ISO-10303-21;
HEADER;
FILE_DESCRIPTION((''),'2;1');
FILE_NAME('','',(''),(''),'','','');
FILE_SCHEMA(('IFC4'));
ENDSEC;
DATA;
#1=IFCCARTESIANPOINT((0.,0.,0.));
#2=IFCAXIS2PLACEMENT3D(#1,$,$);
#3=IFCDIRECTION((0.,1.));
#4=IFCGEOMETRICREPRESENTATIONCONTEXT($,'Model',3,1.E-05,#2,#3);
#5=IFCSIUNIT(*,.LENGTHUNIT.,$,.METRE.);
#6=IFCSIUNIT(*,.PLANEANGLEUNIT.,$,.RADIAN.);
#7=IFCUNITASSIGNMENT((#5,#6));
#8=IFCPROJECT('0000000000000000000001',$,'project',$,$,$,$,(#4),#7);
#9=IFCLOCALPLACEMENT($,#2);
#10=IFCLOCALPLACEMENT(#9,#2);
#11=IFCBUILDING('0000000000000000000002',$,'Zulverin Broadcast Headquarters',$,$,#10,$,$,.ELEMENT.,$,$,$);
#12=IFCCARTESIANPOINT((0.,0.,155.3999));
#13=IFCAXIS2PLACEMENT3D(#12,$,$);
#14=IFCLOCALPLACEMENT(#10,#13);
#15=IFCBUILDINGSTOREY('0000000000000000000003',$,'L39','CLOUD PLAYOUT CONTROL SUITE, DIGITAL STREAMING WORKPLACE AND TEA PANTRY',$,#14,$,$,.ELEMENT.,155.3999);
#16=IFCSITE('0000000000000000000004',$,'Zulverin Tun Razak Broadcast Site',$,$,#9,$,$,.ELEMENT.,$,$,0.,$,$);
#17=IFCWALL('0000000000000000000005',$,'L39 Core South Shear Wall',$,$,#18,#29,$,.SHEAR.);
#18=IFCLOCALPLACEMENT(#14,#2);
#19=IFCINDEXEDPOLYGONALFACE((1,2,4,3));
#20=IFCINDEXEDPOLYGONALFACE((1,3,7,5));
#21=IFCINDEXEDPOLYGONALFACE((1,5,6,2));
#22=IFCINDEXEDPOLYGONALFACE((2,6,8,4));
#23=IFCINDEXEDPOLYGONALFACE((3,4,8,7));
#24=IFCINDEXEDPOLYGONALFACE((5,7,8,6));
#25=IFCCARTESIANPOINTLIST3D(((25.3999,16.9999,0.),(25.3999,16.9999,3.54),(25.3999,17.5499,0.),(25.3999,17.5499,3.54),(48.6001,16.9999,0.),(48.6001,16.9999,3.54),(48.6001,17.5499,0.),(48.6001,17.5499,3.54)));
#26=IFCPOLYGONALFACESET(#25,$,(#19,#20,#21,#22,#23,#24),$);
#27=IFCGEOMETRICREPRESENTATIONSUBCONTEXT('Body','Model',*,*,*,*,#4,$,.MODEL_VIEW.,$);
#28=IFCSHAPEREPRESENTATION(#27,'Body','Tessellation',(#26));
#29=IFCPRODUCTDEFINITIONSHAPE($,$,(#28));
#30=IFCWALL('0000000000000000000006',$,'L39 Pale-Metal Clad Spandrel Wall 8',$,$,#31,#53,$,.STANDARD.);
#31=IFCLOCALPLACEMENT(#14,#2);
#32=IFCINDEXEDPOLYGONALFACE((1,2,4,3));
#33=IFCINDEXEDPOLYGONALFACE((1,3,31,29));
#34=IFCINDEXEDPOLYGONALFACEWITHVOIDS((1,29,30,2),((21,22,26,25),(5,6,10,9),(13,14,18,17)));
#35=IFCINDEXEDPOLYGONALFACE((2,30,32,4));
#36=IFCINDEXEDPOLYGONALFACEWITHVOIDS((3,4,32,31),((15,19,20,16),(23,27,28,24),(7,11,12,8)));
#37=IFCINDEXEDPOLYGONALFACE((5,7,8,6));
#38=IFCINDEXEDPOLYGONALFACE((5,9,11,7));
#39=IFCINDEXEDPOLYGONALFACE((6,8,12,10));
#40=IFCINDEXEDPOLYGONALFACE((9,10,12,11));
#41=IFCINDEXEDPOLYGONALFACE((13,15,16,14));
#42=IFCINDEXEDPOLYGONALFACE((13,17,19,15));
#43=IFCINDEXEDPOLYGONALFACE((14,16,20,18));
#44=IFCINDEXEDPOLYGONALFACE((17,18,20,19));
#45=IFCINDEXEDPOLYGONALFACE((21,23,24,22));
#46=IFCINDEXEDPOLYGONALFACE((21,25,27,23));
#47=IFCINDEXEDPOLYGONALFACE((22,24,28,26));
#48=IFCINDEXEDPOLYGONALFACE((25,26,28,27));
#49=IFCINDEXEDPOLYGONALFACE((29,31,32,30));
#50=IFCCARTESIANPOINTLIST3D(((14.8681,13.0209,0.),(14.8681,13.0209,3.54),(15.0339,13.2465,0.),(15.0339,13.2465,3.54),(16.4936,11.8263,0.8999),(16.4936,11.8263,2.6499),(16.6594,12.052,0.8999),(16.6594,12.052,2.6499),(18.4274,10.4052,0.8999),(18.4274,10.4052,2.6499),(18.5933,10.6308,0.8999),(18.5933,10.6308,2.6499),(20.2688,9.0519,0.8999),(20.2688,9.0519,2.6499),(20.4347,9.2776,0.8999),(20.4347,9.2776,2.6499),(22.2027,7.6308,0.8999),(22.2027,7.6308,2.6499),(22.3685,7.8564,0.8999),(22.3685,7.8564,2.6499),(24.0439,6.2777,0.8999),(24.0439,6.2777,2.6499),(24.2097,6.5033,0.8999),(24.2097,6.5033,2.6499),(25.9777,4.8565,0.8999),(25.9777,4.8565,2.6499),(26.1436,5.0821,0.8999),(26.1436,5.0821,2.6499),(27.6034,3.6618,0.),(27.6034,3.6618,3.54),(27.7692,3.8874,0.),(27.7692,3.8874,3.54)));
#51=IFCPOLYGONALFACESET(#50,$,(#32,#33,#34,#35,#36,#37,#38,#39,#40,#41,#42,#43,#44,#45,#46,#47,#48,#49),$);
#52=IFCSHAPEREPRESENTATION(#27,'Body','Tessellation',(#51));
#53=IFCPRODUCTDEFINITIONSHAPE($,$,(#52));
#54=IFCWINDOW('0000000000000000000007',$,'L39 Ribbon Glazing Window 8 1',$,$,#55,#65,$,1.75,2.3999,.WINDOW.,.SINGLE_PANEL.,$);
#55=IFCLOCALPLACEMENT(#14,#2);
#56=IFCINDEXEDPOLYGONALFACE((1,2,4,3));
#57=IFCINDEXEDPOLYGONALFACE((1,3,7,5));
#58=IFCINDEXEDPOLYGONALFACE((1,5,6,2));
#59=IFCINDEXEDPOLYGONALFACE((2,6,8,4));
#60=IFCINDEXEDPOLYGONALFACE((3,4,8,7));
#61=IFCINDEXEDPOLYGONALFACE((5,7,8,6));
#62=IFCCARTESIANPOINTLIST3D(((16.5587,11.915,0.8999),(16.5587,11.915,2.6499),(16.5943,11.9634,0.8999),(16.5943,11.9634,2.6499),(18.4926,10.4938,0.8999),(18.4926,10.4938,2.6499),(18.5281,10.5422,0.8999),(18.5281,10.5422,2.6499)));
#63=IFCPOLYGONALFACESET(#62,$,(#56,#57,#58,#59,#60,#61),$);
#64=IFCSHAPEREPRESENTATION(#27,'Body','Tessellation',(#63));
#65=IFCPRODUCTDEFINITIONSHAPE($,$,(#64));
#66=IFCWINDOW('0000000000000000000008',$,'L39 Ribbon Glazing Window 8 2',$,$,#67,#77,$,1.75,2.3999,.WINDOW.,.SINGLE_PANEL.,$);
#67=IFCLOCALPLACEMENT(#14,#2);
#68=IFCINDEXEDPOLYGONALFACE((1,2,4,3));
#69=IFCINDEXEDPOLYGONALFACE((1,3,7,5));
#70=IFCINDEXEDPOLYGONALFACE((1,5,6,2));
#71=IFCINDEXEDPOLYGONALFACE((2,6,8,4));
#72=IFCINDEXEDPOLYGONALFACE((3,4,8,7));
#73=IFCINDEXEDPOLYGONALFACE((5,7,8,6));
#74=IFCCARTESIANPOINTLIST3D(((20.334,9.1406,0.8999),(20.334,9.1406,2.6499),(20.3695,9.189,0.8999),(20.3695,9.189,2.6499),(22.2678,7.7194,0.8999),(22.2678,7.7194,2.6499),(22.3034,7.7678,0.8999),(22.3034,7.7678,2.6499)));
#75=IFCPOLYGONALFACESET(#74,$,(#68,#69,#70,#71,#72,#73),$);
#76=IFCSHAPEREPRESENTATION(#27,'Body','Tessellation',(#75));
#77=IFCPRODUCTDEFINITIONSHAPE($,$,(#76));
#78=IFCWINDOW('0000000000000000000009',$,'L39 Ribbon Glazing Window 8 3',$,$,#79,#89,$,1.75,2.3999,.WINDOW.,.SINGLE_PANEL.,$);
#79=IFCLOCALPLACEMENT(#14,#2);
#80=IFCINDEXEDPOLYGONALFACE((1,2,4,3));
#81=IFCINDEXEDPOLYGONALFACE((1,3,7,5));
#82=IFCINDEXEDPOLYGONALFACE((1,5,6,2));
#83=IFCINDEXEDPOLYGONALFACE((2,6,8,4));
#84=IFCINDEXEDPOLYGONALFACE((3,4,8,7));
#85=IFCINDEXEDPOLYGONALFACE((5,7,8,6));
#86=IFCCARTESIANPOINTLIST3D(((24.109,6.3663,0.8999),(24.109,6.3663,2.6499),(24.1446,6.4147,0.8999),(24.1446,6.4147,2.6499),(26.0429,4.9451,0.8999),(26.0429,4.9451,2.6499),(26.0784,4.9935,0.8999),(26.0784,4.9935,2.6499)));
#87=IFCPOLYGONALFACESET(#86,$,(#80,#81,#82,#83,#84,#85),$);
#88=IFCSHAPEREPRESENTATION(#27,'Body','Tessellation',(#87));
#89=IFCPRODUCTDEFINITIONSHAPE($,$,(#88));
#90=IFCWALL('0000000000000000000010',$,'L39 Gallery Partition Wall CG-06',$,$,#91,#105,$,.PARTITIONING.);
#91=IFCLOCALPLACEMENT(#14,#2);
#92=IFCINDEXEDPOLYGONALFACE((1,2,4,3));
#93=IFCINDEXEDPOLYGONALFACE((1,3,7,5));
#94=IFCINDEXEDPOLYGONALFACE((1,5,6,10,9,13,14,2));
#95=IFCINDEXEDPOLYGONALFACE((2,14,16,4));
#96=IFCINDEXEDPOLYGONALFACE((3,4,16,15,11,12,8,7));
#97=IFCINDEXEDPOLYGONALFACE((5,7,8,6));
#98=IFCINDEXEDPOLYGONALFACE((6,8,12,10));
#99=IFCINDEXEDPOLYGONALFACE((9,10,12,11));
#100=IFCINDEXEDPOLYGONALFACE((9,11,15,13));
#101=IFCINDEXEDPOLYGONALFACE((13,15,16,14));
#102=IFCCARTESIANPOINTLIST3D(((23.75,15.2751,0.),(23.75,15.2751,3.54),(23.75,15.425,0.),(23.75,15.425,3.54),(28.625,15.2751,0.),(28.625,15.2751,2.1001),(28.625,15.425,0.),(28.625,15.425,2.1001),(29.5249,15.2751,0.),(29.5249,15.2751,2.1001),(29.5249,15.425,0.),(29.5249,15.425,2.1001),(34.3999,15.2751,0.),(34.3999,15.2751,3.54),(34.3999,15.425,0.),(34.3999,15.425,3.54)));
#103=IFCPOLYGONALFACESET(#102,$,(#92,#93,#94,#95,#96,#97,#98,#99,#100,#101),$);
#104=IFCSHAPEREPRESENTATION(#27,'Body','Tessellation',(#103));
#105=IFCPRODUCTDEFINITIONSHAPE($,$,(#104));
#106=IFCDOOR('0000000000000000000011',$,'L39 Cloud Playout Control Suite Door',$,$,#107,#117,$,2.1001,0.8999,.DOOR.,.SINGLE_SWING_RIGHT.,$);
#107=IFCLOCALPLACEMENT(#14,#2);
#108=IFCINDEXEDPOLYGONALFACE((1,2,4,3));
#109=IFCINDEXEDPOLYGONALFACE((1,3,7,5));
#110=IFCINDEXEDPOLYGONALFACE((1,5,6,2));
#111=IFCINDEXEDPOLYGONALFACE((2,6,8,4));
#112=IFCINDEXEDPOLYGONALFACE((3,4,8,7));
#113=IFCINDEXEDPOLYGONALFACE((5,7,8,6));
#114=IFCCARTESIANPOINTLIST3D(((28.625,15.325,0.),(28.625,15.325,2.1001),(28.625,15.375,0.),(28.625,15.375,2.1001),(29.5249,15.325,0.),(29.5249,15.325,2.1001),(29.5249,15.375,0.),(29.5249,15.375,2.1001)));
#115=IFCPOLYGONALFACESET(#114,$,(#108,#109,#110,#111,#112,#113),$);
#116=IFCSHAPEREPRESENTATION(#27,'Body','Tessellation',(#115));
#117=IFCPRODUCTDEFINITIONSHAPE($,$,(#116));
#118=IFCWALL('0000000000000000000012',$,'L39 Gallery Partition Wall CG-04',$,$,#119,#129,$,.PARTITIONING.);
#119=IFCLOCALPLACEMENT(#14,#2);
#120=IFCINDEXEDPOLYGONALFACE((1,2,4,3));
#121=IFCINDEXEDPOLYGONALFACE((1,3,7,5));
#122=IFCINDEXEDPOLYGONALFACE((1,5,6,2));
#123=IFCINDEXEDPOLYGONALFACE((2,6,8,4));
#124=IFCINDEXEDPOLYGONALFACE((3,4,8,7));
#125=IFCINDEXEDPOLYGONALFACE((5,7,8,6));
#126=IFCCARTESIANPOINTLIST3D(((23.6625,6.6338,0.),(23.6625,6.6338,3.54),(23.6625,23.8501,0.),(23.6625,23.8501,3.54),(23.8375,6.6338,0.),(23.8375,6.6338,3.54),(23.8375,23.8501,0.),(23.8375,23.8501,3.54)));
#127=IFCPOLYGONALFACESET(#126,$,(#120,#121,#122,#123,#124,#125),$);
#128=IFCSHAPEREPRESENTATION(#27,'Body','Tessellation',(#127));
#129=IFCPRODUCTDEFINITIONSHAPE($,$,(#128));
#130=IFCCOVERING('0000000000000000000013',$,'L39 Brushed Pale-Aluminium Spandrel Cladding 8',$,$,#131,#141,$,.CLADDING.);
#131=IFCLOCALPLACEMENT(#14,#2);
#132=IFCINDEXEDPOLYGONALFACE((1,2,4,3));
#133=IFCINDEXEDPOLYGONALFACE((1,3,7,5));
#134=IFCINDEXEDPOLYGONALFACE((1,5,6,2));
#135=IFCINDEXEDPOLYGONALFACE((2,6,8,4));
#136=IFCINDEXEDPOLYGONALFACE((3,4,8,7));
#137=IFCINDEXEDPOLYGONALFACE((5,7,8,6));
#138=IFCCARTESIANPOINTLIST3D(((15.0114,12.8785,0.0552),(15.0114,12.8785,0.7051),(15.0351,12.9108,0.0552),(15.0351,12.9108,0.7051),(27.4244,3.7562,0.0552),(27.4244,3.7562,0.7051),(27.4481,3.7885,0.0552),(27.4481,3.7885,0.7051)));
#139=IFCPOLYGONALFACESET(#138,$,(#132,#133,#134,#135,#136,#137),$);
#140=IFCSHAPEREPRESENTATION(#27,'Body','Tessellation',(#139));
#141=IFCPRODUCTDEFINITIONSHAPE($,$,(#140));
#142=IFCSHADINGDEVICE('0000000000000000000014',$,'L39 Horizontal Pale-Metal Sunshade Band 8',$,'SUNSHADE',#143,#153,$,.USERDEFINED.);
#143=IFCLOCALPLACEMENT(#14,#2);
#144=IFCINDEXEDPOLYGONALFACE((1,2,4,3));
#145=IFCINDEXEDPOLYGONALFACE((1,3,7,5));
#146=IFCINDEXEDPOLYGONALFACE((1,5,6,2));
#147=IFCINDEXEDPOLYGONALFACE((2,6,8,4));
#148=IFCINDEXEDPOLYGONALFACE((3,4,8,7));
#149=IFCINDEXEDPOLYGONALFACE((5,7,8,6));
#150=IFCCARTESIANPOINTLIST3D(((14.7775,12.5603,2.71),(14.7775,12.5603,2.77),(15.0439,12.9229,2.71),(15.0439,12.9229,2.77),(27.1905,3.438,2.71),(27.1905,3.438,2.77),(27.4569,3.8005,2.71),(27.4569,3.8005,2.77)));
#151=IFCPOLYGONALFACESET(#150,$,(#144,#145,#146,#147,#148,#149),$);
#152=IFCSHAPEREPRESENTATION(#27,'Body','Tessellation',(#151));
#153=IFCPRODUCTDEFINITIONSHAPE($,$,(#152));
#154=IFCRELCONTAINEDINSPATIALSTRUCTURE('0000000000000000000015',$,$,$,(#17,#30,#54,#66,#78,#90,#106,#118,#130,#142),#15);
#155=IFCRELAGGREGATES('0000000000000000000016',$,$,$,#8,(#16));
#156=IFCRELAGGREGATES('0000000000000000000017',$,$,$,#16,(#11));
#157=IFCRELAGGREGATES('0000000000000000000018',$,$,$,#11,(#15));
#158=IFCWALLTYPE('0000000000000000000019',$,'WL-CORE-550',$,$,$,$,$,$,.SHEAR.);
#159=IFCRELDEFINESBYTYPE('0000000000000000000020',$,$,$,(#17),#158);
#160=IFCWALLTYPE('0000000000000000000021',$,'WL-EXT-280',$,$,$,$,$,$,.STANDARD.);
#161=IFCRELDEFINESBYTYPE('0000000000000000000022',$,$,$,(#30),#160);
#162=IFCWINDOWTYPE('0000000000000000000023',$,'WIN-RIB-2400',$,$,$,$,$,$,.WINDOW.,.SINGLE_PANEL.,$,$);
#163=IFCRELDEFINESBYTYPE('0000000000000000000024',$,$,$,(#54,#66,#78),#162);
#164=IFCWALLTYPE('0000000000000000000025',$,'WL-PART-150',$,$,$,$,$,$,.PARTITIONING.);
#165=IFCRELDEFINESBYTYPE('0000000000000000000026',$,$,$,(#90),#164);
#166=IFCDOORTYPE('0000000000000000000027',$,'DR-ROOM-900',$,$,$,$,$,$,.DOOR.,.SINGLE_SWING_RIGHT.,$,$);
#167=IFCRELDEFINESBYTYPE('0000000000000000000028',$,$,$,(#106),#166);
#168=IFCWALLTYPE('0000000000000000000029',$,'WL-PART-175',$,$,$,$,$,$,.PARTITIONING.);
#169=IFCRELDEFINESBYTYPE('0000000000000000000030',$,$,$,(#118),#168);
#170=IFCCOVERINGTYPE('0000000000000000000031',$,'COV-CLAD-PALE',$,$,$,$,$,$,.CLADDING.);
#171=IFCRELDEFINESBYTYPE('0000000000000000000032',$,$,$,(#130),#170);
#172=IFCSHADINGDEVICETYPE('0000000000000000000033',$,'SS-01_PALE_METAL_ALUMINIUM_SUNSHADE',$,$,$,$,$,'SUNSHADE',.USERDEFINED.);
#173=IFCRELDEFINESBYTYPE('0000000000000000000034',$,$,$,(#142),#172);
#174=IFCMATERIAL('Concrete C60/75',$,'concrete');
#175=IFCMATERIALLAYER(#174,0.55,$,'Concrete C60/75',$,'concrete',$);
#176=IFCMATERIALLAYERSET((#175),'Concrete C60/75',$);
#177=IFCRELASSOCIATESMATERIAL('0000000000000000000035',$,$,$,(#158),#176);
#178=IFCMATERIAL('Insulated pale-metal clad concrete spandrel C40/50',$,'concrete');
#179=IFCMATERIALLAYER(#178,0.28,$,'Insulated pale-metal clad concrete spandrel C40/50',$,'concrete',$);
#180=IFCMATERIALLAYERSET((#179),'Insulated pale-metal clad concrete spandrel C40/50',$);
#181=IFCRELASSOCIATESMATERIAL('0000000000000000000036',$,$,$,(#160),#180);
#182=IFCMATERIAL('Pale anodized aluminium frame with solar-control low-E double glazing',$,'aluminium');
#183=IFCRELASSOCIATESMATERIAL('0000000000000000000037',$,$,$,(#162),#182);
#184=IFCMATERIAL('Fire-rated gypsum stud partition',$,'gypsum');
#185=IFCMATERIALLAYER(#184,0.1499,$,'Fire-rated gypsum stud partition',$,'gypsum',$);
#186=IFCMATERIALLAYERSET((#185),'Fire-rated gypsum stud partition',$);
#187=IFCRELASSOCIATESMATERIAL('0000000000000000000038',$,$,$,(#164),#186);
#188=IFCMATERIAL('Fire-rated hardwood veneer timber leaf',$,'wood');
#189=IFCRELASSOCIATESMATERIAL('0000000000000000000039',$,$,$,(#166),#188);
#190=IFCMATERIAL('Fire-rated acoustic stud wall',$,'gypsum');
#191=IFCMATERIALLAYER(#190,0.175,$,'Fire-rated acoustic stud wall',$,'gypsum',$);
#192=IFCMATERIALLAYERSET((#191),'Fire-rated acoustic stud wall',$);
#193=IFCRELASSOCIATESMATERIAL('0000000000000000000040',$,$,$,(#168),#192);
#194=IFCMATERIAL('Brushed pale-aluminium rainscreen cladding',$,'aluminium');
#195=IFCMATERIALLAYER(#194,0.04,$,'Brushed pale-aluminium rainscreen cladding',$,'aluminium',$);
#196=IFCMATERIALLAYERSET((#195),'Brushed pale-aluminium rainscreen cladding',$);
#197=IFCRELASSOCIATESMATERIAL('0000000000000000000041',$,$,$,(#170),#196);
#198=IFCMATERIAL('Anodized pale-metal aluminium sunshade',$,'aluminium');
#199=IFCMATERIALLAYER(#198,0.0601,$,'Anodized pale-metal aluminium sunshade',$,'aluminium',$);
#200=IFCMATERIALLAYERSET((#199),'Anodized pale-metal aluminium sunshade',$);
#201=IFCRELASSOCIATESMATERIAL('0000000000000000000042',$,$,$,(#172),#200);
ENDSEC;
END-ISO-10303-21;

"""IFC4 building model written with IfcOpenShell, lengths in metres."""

from ifc_helpers import new_model, si_unit, direction, frame, frame_2d, origin, origin_2d, place, context, subcontext, project, spatial, rectangle, extrude, material, layer, layer_set, type_object, element, fill, save


model = new_model("IFC4")

# Units and contexts
model_context = context("Model", 3, precision=1e-05, world=origin(), true_north=direction((0.0, 1.0)))
body_context = subcontext(model_context, "Body", "Model", "MODEL_VIEW")
ifc_project = project(units=[si_unit("LENGTHUNIT", "METRE"), si_unit("PLANEANGLEUNIT", "RADIAN")], contexts=[model_context])

# Site, building, storey
site_placement = place(None, origin())
site = spatial("IfcSite", under=ifc_project, at=site_placement, Name="Zulverin Tun Razak Broadcast Site", CompositionType="ELEMENT", RefElevation=0.0)
building_placement = place(site_placement, origin())
building = spatial("IfcBuilding", under=site, at=building_placement, Name="Zulverin Broadcast Headquarters", CompositionType="ELEMENT")
storey_placement = place(building_placement, frame((0.0, 0.0, 155.3999)))
storey = spatial("IfcBuildingStorey", under=building, at=storey_placement, Name="L39", Description="CLOUD PLAYOUT CONTROL SUITE, DIGITAL STREAMING WORKPLACE AND TEA PANTRY", CompositionType="ELEMENT", Elevation=155.3999)

# Shared definitions
ifc_material_1 = material(Name="Concrete C60/75", Category="concrete")

# Wall
ifc_layer_1 = layer(ifc_material_1, 0.55, Name="Concrete C60/75", Category="concrete")
ifc_layer_set_1 = layer_set([ifc_layer_1], Name="Concrete C60/75")
wall_type_1 = type_object("IfcWallType", Name="WL-CORE-550", PredefinedType="SHEAR", material=ifc_layer_set_1)
wall_1_placement = place(storey_placement, frame((25.3999, 17.2749, 0.0), z_axis=(0.0, 0.0, 1.0), x_axis=(1.0, 0.0, 0.0)))
element("IfcWall", 1, at=wall_1_placement, inside=storey, type_object=wall_type_1, Name="L39 Core South Shear Wall", PredefinedType="SHEAR", context=body_context, shape_type="SweptSolid", body=[
    extrude(rectangle(XDim=23.2002, YDim=0.55, at=frame_2d((11.6001, 0.0))), origin(), (0.0, 0.0, 1.0), 3.54),
])

# Wall, openings, windows
ifc_material_2 = material(Name="Insulated pale-metal clad concrete spandrel C40/50", Category="concrete")
ifc_layer_2 = layer(ifc_material_2, 0.28, Name="Insulated pale-metal clad concrete spandrel C40/50", Category="concrete")
ifc_layer_set_2 = layer_set([ifc_layer_2], Name="Insulated pale-metal clad concrete spandrel C40/50")
wall_type_2 = type_object("IfcWallType", Name="WL-EXT-280", PredefinedType="STANDARD", material=ifc_layer_set_2)
wall_2_placement = place(storey_placement, frame((14.9509, 13.1338, 0.0), z_axis=(0.0, 0.0, 1.0), x_axis=(0.805805, -0.592181, 0.0)))
wall_2 = element("IfcWall", 2, at=wall_2_placement, inside=storey, type_object=wall_type_2, Name="L39 Pale-Metal Clad Spandrel Wall 8", PredefinedType="STANDARD", context=body_context, shape_type="SweptSolid", body=[
    extrude(rectangle(XDim=15.8044, YDim=0.28, at=frame_2d((7.9023, 0.0))), origin(), (0.0, 0.0, 1.0), 3.54),
])
opening_1_placement = place(wall_2_placement, frame((2.0173, 0.0, 0.8999)))
opening_1 = element("IfcOpeningElement", 3, at=opening_1_placement, cuts=wall_2, PredefinedType="OPENING", context=body_context, shape_type="SweptSolid", body=[
    extrude(rectangle(XDim=2.3999, YDim=1.75, at=frame_2d((1.2, 0.875))), frame((0.0, 0.1499, 0.0), z_axis=(0.0, -1.0, 0.0), x_axis=(1.0, 0.0, 0.0)), (0.0, 0.0, 1.0), 0.3),
])
opening_2_placement = place(wall_2_placement, frame((6.7024, 0.0, 0.8999)))
opening_2 = element("IfcOpeningElement", 4, at=opening_2_placement, cuts=wall_2, PredefinedType="OPENING", context=body_context, shape_type="SweptSolid", body=[
    extrude(rectangle(XDim=2.3999, YDim=1.75, at=frame_2d((1.2, 0.875))), frame((0.0, 0.1499, 0.0), z_axis=(0.0, -1.0, 0.0), x_axis=(1.0, 0.0, 0.0)), (0.0, 0.0, 1.0), 0.3),
])
opening_3_placement = place(wall_2_placement, frame((11.3872, 0.0, 0.8999)))
opening_3 = element("IfcOpeningElement", 5, at=opening_3_placement, cuts=wall_2, PredefinedType="OPENING", context=body_context, shape_type="SweptSolid", body=[
    extrude(rectangle(XDim=2.3999, YDim=1.75, at=frame_2d((1.2, 0.875))), frame((0.0, 0.1499, 0.0), z_axis=(0.0, -1.0, 0.0), x_axis=(1.0, 0.0, 0.0)), (0.0, 0.0, 1.0), 0.3),
])
ifc_material_3 = material(Name="Pale anodized aluminium frame with solar-control low-E double glazing", Category="aluminium")
window_type = type_object("IfcWindowType", Name="WIN-RIB-2400", PartitioningType="SINGLE_PANEL", PredefinedType="WINDOW", material=ifc_material_3)
window_1_placement = place(opening_1_placement, origin())
window_1 = element("IfcWindow", 6, at=window_1_placement, inside=storey, type_object=window_type, Name="L39 Ribbon Glazing Window 8 1", OverallHeight=1.75, OverallWidth=2.3999, PartitioningType="SINGLE_PANEL", PredefinedType="WINDOW", context=body_context, shape_type="SweptSolid", body=[
    extrude(rectangle(XDim=2.3999, YDim=1.75, at=frame_2d((1.2, 0.875))), frame((0.0, 0.03, 0.0), z_axis=(0.0, -1.0, 0.0), x_axis=(1.0, 0.0, 0.0)), (0.0, 0.0, 1.0), 0.0601),
])
fill(opening_1, window_1)
window_2_placement = place(opening_2_placement, origin())
window_2 = element("IfcWindow", 7, at=window_2_placement, inside=storey, type_object=window_type, Name="L39 Ribbon Glazing Window 8 2", OverallHeight=1.75, OverallWidth=2.3999, PartitioningType="SINGLE_PANEL", PredefinedType="WINDOW", context=body_context, shape_type="SweptSolid", body=[
    extrude(rectangle(XDim=2.3999, YDim=1.75, at=frame_2d((1.2, 0.875))), frame((0.0, 0.03, 0.0), z_axis=(0.0, -1.0, 0.0), x_axis=(1.0, 0.0, 0.0)), (0.0, 0.0, 1.0), 0.0601),
])
fill(opening_2, window_2)
window_3_placement = place(opening_3_placement, origin())
window_3 = element("IfcWindow", 8, at=window_3_placement, inside=storey, type_object=window_type, Name="L39 Ribbon Glazing Window 8 3", OverallHeight=1.75, OverallWidth=2.3999, PartitioningType="SINGLE_PANEL", PredefinedType="WINDOW", context=body_context, shape_type="SweptSolid", body=[
    extrude(rectangle(XDim=2.3999, YDim=1.75, at=frame_2d((1.2, 0.875))), frame((0.0, 0.03, 0.0), z_axis=(0.0, -1.0, 0.0), x_axis=(1.0, 0.0, 0.0)), (0.0, 0.0, 1.0), 0.0601),
])
fill(opening_3, window_3)

# Wall, opening, door
ifc_material_4 = material(Name="Fire-rated gypsum stud partition", Category="gypsum")
ifc_layer_3 = layer(ifc_material_4, 0.1499, Name="Fire-rated gypsum stud partition", Category="gypsum")
ifc_layer_set_3 = layer_set([ifc_layer_3], Name="Fire-rated gypsum stud partition")
wall_type_3 = type_object("IfcWallType", Name="WL-PART-150", PredefinedType="PARTITIONING", material=ifc_layer_set_3)
wall_3_placement = place(storey_placement, frame((23.75, 15.3501, 0.0), z_axis=(0.0, 0.0, 1.0), x_axis=(1.0, 0.0, 0.0)))
wall_3 = element("IfcWall", 9, at=wall_3_placement, inside=storey, type_object=wall_type_3, Name="L39 Gallery Partition Wall CG-06", PredefinedType="PARTITIONING", context=body_context, shape_type="SweptSolid", body=[
    extrude(rectangle(XDim=10.6499, YDim=0.1499, at=frame_2d((5.325, 0.0))), origin(), (0.0, 0.0, 1.0), 3.54),
])
opening_4_placement = place(wall_3_placement, frame((4.875, 0.0, 0.0)))
opening_4 = element("IfcOpeningElement", 10, at=opening_4_placement, cuts=wall_3, PredefinedType="OPENING", context=body_context, shape_type="SweptSolid", body=[
    extrude(rectangle(XDim=0.8999, YDim=2.1001, at=frame_2d((0.45, 1.05))), frame((0.0, 0.085, 0.0), z_axis=(0.0, -1.0, 0.0), x_axis=(1.0, 0.0, 0.0)), (0.0, 0.0, 1.0), 0.1699),
])
ifc_material_5 = material(Name="Fire-rated hardwood veneer timber leaf", Category="wood")
door_type_1 = type_object("IfcDoorType", Name="DR-ROOM-900", OperationType="SINGLE_SWING_RIGHT", PredefinedType="DOOR", material=ifc_material_5)
door_1_placement = place(opening_4_placement, origin())
door_1 = element("IfcDoor", 11, at=door_1_placement, inside=storey, type_object=door_type_1, Name="L39 Cloud Playout Control Suite Door", OperationType="SINGLE_SWING_RIGHT", OverallHeight=2.1001, OverallWidth=0.8999, PredefinedType="DOOR", context=body_context, shape_type="SweptSolid", body=[
    extrude(rectangle(XDim=0.8999, YDim=2.1001, at=frame_2d((0.45, 1.05))), frame((0.0, 0.0249, 0.0), z_axis=(0.0, -1.0, 0.0), x_axis=(1.0, 0.0, 0.0)), (0.0, 0.0, 1.0), 0.05),
])
fill(opening_4, door_1)

# Wall
ifc_material_6 = material(Name="Fire-rated acoustic stud wall", Category="gypsum")
ifc_layer_4 = layer(ifc_material_6, 0.175, Name="Fire-rated acoustic stud wall", Category="gypsum")
ifc_layer_set_4 = layer_set([ifc_layer_4], Name="Fire-rated acoustic stud wall")
wall_type_4 = type_object("IfcWallType", Name="WL-PART-175", PredefinedType="PARTITIONING", material=ifc_layer_set_4)
wall_4_placement = place(storey_placement, frame((23.75, 6.6338, 0.0), z_axis=(0.0, 0.0, 1.0), x_axis=(0.0, 1.0, 0.0)))
element("IfcWall", 12, at=wall_4_placement, inside=storey, type_object=wall_type_4, Name="L39 Gallery Partition Wall CG-04", PredefinedType="PARTITIONING", context=body_context, shape_type="SweptSolid", body=[
    extrude(rectangle(XDim=17.2163, YDim=0.175, at=frame_2d((8.6082, 0.0))), origin(), (0.0, 0.0, 1.0), 3.54),
])

# Covering
ifc_material_7 = material(Name="Brushed pale-aluminium rainscreen cladding", Category="aluminium")
ifc_layer_5 = layer(ifc_material_7, 0.04, Name="Brushed pale-aluminium rainscreen cladding", Category="aluminium")
ifc_layer_set_5 = layer_set([ifc_layer_5], Name="Brushed pale-aluminium rainscreen cladding")
covering_type = type_object("IfcCoveringType", Name="COV-CLAD-PALE", PredefinedType="CLADDING", material=ifc_layer_set_5)
covering_placement = place(storey_placement, frame((21.2297, 8.3335, 0.0552), z_axis=(0.0, 0.0, 1.0), x_axis=(0.805802, -0.592185, 0.0)))
element("IfcCovering", 13, at=covering_placement, inside=storey, type_object=covering_type, Name="L39 Brushed Pale-Aluminium Spandrel Cladding 8", PredefinedType="CLADDING", context=body_context, shape_type="SweptSolid", body=[
    extrude(rectangle(XDim=15.4045, YDim=0.04, at=origin_2d()), origin(), (0.0, 0.0, 1.0), 0.6499),
])

# Shading device
ifc_material_8 = material(Name="Anodized pale-metal aluminium sunshade", Category="aluminium")
ifc_layer_6 = layer(ifc_material_8, 0.0601, Name="Anodized pale-metal aluminium sunshade", Category="aluminium")
ifc_layer_set_6 = layer_set([ifc_layer_6], Name="Anodized pale-metal aluminium sunshade")
shading_device_type = type_object("IfcShadingDeviceType", Name="SS-01_PALE_METAL_ALUMINIUM_SUNSHADE", ElementType="SUNSHADE", PredefinedType="USERDEFINED", material=ifc_layer_set_6)
shading_device_placement = place(storey_placement, frame((21.1172, 8.1804, 2.71), z_axis=(0.0, 0.0, 1.0), x_axis=(0.805802, -0.592185, 0.0)))
element("IfcShadingDevice", 14, at=shading_device_placement, inside=storey, type_object=shading_device_type, Name="L39 Horizontal Pale-Metal Sunshade Band 8", ObjectType="SUNSHADE", PredefinedType="USERDEFINED", context=body_context, shape_type="SweptSolid", body=[
    extrude(rectangle(XDim=15.4045, YDim=0.45, at=origin_2d()), origin(), (0.0, 0.0, 1.0), 0.0601),
])

save(model, "model.ifc")
